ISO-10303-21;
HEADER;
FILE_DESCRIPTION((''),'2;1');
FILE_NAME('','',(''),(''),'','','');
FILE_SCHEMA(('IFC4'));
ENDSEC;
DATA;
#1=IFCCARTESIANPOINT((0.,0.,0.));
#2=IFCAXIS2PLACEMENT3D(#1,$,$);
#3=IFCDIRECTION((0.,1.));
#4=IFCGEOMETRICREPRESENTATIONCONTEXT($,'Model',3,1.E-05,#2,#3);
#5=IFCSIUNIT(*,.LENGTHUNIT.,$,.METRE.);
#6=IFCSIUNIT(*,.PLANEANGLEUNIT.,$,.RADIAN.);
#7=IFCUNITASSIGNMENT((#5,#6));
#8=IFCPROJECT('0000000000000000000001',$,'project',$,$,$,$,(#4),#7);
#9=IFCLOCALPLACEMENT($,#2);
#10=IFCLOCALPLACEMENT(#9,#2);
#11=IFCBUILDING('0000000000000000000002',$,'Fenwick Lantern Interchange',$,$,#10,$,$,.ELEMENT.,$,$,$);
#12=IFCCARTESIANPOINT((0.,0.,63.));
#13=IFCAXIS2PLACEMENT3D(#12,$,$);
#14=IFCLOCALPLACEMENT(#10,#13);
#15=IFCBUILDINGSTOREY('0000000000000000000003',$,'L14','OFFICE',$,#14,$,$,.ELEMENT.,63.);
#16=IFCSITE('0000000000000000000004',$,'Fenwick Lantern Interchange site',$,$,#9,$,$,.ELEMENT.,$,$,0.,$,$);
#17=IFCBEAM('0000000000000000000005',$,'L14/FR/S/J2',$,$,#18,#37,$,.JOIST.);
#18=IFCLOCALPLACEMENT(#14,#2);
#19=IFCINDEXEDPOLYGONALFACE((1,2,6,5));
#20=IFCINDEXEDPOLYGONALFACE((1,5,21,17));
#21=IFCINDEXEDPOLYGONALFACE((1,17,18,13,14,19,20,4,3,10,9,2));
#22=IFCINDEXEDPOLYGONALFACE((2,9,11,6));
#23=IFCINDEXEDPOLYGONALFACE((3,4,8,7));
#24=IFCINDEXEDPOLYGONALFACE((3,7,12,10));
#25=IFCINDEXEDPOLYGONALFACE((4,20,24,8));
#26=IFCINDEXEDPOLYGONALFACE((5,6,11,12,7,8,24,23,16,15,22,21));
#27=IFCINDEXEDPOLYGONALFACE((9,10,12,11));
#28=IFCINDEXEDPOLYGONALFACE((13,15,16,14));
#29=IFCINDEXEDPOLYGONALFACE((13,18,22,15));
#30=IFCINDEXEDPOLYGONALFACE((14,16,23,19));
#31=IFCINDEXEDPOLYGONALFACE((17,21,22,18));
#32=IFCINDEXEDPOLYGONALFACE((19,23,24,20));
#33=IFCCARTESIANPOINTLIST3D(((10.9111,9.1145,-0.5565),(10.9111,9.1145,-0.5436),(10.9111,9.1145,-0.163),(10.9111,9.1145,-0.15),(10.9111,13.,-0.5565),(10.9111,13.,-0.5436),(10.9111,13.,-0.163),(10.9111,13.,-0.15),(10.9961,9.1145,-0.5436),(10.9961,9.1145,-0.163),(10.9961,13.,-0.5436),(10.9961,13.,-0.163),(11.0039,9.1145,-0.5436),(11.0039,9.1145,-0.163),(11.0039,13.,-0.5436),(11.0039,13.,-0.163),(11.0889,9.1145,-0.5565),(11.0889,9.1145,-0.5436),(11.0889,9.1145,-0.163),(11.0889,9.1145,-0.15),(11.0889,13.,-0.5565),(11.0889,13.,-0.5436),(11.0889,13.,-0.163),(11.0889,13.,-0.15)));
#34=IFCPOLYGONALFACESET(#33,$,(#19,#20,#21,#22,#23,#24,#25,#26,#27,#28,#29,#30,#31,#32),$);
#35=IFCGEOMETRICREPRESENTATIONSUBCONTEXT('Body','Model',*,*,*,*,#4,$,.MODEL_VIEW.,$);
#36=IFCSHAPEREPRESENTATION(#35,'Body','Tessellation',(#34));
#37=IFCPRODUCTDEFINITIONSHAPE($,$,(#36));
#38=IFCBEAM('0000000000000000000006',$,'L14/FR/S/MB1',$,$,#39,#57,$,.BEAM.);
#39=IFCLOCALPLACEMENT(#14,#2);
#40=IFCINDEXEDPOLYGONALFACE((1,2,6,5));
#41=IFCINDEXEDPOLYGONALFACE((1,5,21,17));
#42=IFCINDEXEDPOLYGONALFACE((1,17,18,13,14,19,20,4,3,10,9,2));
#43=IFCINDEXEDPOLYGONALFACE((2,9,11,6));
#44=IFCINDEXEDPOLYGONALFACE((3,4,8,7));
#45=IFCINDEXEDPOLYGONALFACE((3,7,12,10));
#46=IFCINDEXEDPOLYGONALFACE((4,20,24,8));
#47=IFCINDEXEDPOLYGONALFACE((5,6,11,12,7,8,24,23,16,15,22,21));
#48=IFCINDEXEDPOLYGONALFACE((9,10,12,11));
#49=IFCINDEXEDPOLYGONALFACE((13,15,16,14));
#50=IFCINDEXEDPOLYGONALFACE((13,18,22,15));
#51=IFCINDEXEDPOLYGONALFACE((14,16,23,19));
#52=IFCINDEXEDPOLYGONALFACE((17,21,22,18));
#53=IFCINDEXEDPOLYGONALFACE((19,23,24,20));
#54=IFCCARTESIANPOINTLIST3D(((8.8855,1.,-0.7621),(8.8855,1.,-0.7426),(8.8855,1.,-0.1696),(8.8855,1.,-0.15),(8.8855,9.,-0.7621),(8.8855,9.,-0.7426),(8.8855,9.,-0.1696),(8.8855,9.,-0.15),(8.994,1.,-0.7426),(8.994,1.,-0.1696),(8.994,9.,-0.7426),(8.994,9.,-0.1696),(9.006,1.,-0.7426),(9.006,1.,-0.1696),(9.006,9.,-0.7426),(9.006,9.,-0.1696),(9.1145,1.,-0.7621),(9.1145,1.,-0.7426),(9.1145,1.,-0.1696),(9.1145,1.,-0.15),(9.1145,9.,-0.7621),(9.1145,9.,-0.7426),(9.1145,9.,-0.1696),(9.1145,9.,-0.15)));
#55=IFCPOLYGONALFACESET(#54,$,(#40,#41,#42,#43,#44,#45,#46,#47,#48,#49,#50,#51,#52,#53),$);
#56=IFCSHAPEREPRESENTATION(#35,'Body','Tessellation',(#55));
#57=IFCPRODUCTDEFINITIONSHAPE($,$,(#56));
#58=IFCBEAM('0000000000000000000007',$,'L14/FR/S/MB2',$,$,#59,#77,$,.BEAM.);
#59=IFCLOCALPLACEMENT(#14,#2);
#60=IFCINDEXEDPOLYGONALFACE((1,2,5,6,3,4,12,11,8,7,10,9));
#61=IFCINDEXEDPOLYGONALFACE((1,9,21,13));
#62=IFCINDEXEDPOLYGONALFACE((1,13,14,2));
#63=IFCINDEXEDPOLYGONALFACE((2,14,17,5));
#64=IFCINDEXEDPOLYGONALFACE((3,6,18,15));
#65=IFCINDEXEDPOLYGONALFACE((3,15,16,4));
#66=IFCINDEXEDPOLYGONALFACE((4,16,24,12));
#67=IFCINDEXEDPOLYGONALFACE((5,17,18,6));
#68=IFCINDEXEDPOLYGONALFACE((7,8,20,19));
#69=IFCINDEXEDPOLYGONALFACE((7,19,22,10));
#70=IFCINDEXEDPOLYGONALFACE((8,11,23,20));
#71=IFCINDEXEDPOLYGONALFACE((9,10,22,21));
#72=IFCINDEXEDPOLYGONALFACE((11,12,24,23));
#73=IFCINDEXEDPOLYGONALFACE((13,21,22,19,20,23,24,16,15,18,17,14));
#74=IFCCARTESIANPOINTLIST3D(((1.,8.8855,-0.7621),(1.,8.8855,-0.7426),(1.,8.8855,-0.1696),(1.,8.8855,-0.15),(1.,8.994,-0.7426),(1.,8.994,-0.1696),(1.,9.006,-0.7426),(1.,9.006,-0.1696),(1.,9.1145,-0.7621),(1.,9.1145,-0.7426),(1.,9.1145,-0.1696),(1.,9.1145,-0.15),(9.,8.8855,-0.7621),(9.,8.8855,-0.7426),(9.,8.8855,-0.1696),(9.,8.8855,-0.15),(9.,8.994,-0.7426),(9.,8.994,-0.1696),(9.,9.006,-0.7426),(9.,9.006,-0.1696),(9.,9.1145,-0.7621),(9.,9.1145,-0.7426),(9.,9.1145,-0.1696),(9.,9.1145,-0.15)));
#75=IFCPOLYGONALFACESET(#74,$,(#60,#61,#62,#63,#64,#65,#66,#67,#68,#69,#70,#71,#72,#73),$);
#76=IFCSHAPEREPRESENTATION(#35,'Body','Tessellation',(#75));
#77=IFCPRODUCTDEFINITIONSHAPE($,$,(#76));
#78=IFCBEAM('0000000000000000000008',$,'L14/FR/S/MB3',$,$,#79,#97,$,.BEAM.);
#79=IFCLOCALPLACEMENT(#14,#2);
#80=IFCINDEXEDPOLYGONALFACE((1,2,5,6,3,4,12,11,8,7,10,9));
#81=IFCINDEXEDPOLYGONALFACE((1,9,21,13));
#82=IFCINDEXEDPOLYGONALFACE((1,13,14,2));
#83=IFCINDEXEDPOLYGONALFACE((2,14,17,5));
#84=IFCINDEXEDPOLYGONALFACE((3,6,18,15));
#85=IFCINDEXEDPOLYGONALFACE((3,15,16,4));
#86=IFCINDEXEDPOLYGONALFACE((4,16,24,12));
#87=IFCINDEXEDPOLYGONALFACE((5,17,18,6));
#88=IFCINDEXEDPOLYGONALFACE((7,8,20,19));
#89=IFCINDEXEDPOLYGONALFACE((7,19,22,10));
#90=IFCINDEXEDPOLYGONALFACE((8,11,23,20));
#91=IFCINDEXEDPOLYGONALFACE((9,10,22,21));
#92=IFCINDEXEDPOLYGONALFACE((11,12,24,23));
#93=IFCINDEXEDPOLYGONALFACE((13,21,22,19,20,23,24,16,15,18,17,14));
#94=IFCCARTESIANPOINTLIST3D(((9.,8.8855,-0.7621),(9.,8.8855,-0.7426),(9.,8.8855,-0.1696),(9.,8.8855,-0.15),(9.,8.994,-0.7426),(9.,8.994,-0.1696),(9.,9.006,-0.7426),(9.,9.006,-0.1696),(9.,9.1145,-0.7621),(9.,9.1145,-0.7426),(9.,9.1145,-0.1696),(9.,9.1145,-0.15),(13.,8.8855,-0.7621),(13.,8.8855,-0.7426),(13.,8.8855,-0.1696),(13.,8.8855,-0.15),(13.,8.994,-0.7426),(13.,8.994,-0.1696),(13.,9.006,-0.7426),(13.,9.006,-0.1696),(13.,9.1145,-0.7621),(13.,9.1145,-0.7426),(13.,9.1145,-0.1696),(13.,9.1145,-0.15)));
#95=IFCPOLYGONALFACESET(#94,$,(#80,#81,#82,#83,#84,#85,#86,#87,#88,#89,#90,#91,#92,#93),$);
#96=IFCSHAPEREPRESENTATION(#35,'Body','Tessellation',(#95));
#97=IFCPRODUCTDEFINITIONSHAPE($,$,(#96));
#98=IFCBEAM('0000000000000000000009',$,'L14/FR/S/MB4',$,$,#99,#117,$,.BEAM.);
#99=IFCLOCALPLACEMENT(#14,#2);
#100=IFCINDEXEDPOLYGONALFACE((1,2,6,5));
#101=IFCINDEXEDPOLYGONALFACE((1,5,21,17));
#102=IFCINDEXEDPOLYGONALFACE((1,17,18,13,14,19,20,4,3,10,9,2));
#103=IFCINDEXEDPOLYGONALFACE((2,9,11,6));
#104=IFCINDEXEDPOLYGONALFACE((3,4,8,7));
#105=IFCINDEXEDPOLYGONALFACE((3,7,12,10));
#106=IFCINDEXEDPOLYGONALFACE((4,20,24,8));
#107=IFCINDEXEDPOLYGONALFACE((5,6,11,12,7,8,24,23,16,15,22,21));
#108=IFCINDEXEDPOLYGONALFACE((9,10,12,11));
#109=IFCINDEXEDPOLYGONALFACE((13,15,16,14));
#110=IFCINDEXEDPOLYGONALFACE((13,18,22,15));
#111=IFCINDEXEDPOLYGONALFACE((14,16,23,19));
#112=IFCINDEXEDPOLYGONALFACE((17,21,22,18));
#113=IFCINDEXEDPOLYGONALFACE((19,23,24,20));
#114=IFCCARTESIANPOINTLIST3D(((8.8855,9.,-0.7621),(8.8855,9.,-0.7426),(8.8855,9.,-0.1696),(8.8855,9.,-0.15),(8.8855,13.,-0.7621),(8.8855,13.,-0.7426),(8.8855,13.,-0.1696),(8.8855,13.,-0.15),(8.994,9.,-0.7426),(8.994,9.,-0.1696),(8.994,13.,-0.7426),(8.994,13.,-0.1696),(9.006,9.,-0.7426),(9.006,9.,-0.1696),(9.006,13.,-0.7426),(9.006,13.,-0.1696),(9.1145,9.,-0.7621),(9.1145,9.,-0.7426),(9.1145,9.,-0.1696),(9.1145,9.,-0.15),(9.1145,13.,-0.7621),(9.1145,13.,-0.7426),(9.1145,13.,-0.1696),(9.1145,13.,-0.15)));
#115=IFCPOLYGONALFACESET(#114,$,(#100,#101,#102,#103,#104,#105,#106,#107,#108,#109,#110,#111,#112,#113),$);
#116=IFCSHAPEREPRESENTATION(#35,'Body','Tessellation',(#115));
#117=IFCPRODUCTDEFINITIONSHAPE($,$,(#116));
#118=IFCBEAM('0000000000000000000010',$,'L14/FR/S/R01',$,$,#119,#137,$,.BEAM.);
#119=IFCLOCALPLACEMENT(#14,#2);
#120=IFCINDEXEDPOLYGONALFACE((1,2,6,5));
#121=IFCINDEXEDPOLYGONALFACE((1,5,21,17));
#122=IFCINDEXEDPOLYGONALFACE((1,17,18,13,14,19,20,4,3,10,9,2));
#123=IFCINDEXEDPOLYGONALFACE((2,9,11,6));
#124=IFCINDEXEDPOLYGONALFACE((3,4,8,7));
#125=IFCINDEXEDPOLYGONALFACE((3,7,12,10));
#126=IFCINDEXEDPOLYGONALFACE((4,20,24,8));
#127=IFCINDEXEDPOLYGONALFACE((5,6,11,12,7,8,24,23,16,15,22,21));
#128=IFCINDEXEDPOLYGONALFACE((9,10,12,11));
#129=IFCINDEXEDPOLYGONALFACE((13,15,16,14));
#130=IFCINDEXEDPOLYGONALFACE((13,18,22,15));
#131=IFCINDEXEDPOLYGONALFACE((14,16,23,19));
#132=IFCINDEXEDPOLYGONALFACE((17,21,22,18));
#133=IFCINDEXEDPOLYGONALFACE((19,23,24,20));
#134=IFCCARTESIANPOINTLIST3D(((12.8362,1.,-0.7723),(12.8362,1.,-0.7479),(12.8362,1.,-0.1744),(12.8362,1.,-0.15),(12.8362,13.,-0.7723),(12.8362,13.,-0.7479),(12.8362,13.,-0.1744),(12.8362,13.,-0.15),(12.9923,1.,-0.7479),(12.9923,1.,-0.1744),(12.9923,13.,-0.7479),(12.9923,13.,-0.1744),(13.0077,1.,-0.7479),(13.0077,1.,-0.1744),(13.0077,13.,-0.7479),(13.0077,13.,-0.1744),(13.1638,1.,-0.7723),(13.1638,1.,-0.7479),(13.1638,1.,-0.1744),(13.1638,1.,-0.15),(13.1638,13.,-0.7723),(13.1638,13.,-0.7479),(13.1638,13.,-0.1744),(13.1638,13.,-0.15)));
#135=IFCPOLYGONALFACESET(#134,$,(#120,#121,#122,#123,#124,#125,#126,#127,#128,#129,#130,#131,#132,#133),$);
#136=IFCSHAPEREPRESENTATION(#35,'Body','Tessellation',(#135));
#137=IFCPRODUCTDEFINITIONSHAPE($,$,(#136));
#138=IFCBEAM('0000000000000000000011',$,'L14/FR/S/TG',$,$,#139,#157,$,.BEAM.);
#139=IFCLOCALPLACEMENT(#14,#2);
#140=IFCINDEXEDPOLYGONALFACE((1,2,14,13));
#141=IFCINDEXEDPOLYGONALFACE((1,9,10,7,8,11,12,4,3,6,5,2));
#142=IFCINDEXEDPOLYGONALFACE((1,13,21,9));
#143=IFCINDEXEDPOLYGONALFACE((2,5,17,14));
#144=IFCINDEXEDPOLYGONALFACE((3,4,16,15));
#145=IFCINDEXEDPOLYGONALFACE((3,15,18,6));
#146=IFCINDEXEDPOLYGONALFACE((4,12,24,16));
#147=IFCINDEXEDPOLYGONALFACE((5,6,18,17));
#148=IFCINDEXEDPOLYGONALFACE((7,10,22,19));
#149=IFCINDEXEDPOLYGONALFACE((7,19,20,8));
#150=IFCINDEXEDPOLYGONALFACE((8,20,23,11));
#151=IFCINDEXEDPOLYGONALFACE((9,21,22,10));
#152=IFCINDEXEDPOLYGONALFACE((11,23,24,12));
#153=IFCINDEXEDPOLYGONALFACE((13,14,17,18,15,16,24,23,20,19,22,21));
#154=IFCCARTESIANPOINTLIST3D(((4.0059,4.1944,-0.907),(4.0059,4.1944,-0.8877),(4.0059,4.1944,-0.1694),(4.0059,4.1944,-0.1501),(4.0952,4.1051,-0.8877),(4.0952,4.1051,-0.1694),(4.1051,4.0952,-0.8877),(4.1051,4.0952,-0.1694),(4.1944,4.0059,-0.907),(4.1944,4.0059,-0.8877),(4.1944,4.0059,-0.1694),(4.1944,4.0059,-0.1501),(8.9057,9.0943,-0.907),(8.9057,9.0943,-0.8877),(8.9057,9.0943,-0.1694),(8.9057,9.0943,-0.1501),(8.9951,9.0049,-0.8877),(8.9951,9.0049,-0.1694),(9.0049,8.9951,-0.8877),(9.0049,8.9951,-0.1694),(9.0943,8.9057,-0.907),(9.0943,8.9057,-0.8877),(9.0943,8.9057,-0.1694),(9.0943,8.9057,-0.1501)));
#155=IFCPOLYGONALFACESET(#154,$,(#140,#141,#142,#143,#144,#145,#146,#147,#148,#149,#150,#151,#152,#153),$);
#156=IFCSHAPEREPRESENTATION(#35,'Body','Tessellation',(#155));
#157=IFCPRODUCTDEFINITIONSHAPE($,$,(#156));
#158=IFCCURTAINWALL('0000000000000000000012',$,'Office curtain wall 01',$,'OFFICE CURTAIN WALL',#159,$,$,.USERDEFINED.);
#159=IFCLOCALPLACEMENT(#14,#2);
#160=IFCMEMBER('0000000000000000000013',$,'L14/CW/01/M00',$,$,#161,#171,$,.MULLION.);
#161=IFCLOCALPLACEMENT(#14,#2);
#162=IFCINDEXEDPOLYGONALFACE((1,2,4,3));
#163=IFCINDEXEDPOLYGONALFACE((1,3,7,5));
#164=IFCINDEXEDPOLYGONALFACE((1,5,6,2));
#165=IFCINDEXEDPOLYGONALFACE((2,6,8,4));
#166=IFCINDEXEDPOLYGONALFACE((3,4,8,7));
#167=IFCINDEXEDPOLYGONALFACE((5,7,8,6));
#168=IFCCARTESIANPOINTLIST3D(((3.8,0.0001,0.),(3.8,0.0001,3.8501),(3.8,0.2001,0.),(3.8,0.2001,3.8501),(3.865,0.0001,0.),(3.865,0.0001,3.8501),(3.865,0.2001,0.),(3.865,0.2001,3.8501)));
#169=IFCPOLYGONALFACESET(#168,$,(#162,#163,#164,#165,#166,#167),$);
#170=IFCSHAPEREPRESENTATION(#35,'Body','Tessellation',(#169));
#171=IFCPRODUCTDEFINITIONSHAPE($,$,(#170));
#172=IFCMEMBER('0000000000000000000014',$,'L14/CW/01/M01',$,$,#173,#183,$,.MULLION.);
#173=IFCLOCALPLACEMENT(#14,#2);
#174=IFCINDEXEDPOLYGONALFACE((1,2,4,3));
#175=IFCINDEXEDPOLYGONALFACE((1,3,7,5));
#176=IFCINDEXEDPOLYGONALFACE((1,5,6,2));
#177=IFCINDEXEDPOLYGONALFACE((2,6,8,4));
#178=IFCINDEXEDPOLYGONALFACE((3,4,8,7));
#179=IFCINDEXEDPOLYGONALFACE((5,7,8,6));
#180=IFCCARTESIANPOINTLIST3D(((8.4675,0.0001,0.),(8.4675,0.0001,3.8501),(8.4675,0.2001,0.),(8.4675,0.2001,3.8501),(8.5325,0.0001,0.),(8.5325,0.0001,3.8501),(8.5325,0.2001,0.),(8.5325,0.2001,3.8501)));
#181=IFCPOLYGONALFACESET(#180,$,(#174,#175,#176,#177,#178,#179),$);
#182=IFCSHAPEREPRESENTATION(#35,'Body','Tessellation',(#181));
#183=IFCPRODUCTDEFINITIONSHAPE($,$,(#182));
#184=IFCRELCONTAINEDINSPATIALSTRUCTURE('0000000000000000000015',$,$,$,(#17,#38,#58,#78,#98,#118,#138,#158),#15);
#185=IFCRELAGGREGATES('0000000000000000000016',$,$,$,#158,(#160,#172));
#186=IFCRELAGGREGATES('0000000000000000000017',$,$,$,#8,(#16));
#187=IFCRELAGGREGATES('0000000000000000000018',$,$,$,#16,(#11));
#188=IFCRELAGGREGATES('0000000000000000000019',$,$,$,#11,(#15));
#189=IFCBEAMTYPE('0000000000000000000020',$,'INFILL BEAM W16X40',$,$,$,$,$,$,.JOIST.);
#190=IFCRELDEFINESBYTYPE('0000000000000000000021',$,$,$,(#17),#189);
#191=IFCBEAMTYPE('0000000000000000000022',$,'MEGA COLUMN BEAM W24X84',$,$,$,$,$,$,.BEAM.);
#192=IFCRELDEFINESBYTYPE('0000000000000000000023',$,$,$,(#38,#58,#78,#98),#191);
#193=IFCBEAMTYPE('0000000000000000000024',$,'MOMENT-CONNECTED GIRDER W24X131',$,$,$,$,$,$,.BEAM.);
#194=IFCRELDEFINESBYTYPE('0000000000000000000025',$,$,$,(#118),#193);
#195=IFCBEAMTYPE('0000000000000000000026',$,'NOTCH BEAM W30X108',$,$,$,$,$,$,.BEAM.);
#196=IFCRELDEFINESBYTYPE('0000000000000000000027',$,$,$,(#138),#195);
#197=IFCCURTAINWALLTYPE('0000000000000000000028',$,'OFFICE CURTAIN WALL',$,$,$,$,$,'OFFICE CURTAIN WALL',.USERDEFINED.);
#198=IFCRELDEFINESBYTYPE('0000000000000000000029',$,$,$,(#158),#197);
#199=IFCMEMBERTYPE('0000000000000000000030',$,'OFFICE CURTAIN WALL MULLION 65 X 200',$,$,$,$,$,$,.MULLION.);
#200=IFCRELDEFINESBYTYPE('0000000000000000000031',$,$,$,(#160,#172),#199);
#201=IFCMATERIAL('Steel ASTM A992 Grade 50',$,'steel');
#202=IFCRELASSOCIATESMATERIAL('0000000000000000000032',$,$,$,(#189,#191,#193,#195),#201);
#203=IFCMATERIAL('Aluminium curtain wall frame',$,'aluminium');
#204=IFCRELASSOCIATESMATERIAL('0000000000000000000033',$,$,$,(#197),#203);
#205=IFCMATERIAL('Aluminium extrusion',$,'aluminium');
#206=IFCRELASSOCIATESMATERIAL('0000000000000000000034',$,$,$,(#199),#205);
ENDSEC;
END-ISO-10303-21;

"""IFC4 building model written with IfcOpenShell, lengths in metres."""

from ifc_helpers import new_model, si_unit, direction, frame, origin, origin_2d, place, context, subcontext, project, spatial, rectangle, i_section, extrude, material, material_profile, profile_set, type_object, element, aggregate, save


model = new_model("IFC4")

# Units and contexts
model_context = context("Model", 3, precision=1e-05, world=origin(), true_north=direction((0.0, 1.0)))
body_context = subcontext(model_context, "Body", "Model", "MODEL_VIEW")
ifc_project = project(units=[si_unit("LENGTHUNIT", "METRE"), si_unit("PLANEANGLEUNIT", "RADIAN")], contexts=[model_context])

# Site, building, storey
site_placement = place(None, origin())
site = spatial("IfcSite", under=ifc_project, at=site_placement, Name="Fenwick Lantern Interchange site", CompositionType="ELEMENT", RefElevation=0.0)
building_placement = place(site_placement, origin())
building = spatial("IfcBuilding", under=site, at=building_placement, Name="Fenwick Lantern Interchange", CompositionType="ELEMENT")
storey_placement = place(building_placement, frame((0.0, 0.0, 63.0)))
storey = spatial("IfcBuildingStorey", under=building, at=storey_placement, Name="L14", Description="OFFICE", CompositionType="ELEMENT", Elevation=63.0)

# Beams
ifc_material_1 = material(Name="Steel ASTM A992 Grade 50", Category="steel")
ifc_material_profile_1 = material_profile(ifc_material_1, i_section(OverallWidth=0.1777, OverallDepth=0.4065, WebThickness=0.0078, FlangeThickness=0.0129, at=origin_2d()), Name="W16X40")
ifc_profile_set_1 = profile_set([ifc_material_profile_1], Name="Steel ASTM A992 Grade 50")
beam_type_1 = type_object("IfcBeamType", Name="INFILL BEAM W16X40", PredefinedType="JOIST", material=ifc_profile_set_1)
beam_1_placement = place(storey_placement, frame((11.0, 9.1145, -0.3533), z_axis=(0.0, 1.0, 0.0), x_axis=(-1.0, 0.0, 0.0)))
element("IfcBeam", 1, at=beam_1_placement, inside=storey, type_object=beam_type_1, Name="L14/FR/S/J2", PredefinedType="JOIST", context=body_context, shape_type="SweptSolid", body=[
    extrude(i_section(OverallWidth=0.1777, OverallDepth=0.4065, WebThickness=0.0078, FlangeThickness=0.0129, at=origin_2d()), origin(), (0.0, 0.0, 1.0), 3.8855),
])
ifc_material_profile_2 = material_profile(ifc_material_1, i_section(OverallWidth=0.229, OverallDepth=0.6121, WebThickness=0.012, FlangeThickness=0.0195, at=origin_2d()), Name="W24X84")
ifc_profile_set_2 = profile_set([ifc_material_profile_2], Name="Steel ASTM A992 Grade 50")
beam_type_2 = type_object("IfcBeamType", Name="MEGA COLUMN BEAM W24X84", PredefinedType="BEAM", material=ifc_profile_set_2)
for number, where, z_axis, x_axis, name in (
    (2, (9.0, 9.0, -0.4561), (0.0, -1.0, 0.0), (1.0, 0.0, 0.0), "L14/FR/S/MB1"),
    (3, (9.0, 9.0, -0.4561), (-1.0, 0.0, 0.0), (0.0, -1.0, 0.0), "L14/FR/S/MB2"),
):
    element("IfcBeam", number, at=place(storey_placement, frame(where, z_axis=z_axis, x_axis=x_axis)), inside=storey, type_object=beam_type_2, Name=name, PredefinedType="BEAM", context=body_context, shape_type="SweptSolid", body=[
        extrude(i_section(OverallWidth=0.229, OverallDepth=0.6121, WebThickness=0.012, FlangeThickness=0.0195, at=origin_2d()), origin(), (0.0, 0.0, 1.0), 8.0),
    ])
for number, where, z_axis, x_axis, name in (
    (4, (9.0, 9.0, -0.4561), (1.0, 0.0, 0.0), (0.0, 1.0, 0.0), "L14/FR/S/MB3"),
    (5, (9.0, 9.0, -0.4561), (0.0, 1.0, 0.0), (-1.0, 0.0, 0.0), "L14/FR/S/MB4"),
):
    element("IfcBeam", number, at=place(storey_placement, frame(where, z_axis=z_axis, x_axis=x_axis)), inside=storey, type_object=beam_type_2, Name=name, PredefinedType="BEAM", context=body_context, shape_type="SweptSolid", body=[
        extrude(i_section(OverallWidth=0.229, OverallDepth=0.6121, WebThickness=0.012, FlangeThickness=0.0195, at=origin_2d()), origin(), (0.0, 0.0, 1.0), 4.0),
    ])
ifc_material_profile_3 = material_profile(ifc_material_1, i_section(OverallWidth=0.3276, OverallDepth=0.6223, WebThickness=0.0154, FlangeThickness=0.0244, at=origin_2d()), Name="W24X131")
ifc_profile_set_3 = profile_set([ifc_material_profile_3], Name="Steel ASTM A992 Grade 50")
beam_type_3 = type_object("IfcBeamType", Name="MOMENT-CONNECTED GIRDER W24X131", PredefinedType="BEAM", material=ifc_profile_set_3)
beam_2_placement = place(storey_placement, frame((13.0, 1.0, -0.4612), z_axis=(0.0, 1.0, 0.0), x_axis=(-1.0, 0.0, 0.0)))
element("IfcBeam", 6, at=beam_2_placement, inside=storey, type_object=beam_type_3, Name="L14/FR/S/R01", PredefinedType="BEAM", context=body_context, shape_type="SweptSolid", body=[
    extrude(i_section(OverallWidth=0.3276, OverallDepth=0.6223, WebThickness=0.0154, FlangeThickness=0.0244, at=origin_2d()), origin(), (0.0, 0.0, 1.0), 12.0),
])
ifc_material_profile_4 = material_profile(ifc_material_1, i_section(OverallWidth=0.2666, OverallDepth=0.7568, WebThickness=0.0139, FlangeThickness=0.0193, at=origin_2d()), Name="W30X108")
ifc_profile_set_4 = profile_set([ifc_material_profile_4], Name="Steel ASTM A992 Grade 50")
beam_type_4 = type_object("IfcBeamType", Name="NOTCH BEAM W30X108", PredefinedType="BEAM", material=ifc_profile_set_4)
beam_3_placement = place(storey_placement, frame((9.0, 9.0, -0.5286), z_axis=(-0.707107, -0.707107, 0.0), x_axis=(0.707107, -0.707107, 0.0)))
element("IfcBeam", 7, at=beam_3_placement, inside=storey, type_object=beam_type_4, Name="L14/FR/S/TG", PredefinedType="BEAM", context=body_context, shape_type="SweptSolid", body=[
    extrude(i_section(OverallWidth=0.2666, OverallDepth=0.7568, WebThickness=0.0139, FlangeThickness=0.0193, at=origin_2d()), origin(), (0.0, 0.0, 1.0), 6.9294),
])

# Curtain wall, members
ifc_material_2 = material(Name="Aluminium curtain wall frame", Category="aluminium")
curtain_wall_type = type_object("IfcCurtainWallType", Name="OFFICE CURTAIN WALL", ElementType="OFFICE CURTAIN WALL", PredefinedType="USERDEFINED", material=ifc_material_2)
curtain_wall_1_placement = place(storey_placement, origin())
curtain_wall_1 = element("IfcCurtainWall", 8, at=curtain_wall_1_placement, inside=storey, type_object=curtain_wall_type, Name="Office curtain wall 01", ObjectType="OFFICE CURTAIN WALL", PredefinedType="USERDEFINED")
ifc_material_3 = material(Name="Aluminium extrusion", Category="aluminium")
ifc_material_profile_5 = material_profile(ifc_material_3, rectangle(XDim=0.2, YDim=0.0649, at=origin_2d()), Name="OFFICE CURTAIN WALL MULLION 65 X 200")
ifc_profile_set_5 = profile_set([ifc_material_profile_5], Name="Aluminium extrusion")
member_type_1 = type_object("IfcMemberType", Name="OFFICE CURTAIN WALL MULLION 65 X 200", PredefinedType="MULLION", material=ifc_profile_set_5)
member_1_placement = place(storey_placement, frame((3.8325, 0.1001, 0.0), z_axis=(0.0, 0.0, 1.0), x_axis=(0.0, 1.0, 0.0)))
member_1 = element("IfcMember", 9, at=member_1_placement, type_object=member_type_1, Name="L14/CW/01/M00", PredefinedType="MULLION", context=body_context, shape_type="SweptSolid", body=[
    extrude(rectangle(XDim=0.2, YDim=0.0649, at=origin_2d()), origin(), (0.0, 0.0, 1.0), 3.8501),
])
member_2_placement = place(storey_placement, frame((8.5, 0.1001, 0.0), z_axis=(0.0, 0.0, 1.0), x_axis=(0.0, 1.0, 0.0)))
member_2 = element("IfcMember", 10, at=member_2_placement, type_object=member_type_1, Name="L14/CW/01/M01", PredefinedType="MULLION", context=body_context, shape_type="SweptSolid", body=[
    extrude(rectangle(XDim=0.2, YDim=0.0649, at=origin_2d()), origin(), (0.0, 0.0, 1.0), 3.8501),
])

aggregate(curtain_wall_1, [member_1, member_2])

save(model, "model.ifc")
